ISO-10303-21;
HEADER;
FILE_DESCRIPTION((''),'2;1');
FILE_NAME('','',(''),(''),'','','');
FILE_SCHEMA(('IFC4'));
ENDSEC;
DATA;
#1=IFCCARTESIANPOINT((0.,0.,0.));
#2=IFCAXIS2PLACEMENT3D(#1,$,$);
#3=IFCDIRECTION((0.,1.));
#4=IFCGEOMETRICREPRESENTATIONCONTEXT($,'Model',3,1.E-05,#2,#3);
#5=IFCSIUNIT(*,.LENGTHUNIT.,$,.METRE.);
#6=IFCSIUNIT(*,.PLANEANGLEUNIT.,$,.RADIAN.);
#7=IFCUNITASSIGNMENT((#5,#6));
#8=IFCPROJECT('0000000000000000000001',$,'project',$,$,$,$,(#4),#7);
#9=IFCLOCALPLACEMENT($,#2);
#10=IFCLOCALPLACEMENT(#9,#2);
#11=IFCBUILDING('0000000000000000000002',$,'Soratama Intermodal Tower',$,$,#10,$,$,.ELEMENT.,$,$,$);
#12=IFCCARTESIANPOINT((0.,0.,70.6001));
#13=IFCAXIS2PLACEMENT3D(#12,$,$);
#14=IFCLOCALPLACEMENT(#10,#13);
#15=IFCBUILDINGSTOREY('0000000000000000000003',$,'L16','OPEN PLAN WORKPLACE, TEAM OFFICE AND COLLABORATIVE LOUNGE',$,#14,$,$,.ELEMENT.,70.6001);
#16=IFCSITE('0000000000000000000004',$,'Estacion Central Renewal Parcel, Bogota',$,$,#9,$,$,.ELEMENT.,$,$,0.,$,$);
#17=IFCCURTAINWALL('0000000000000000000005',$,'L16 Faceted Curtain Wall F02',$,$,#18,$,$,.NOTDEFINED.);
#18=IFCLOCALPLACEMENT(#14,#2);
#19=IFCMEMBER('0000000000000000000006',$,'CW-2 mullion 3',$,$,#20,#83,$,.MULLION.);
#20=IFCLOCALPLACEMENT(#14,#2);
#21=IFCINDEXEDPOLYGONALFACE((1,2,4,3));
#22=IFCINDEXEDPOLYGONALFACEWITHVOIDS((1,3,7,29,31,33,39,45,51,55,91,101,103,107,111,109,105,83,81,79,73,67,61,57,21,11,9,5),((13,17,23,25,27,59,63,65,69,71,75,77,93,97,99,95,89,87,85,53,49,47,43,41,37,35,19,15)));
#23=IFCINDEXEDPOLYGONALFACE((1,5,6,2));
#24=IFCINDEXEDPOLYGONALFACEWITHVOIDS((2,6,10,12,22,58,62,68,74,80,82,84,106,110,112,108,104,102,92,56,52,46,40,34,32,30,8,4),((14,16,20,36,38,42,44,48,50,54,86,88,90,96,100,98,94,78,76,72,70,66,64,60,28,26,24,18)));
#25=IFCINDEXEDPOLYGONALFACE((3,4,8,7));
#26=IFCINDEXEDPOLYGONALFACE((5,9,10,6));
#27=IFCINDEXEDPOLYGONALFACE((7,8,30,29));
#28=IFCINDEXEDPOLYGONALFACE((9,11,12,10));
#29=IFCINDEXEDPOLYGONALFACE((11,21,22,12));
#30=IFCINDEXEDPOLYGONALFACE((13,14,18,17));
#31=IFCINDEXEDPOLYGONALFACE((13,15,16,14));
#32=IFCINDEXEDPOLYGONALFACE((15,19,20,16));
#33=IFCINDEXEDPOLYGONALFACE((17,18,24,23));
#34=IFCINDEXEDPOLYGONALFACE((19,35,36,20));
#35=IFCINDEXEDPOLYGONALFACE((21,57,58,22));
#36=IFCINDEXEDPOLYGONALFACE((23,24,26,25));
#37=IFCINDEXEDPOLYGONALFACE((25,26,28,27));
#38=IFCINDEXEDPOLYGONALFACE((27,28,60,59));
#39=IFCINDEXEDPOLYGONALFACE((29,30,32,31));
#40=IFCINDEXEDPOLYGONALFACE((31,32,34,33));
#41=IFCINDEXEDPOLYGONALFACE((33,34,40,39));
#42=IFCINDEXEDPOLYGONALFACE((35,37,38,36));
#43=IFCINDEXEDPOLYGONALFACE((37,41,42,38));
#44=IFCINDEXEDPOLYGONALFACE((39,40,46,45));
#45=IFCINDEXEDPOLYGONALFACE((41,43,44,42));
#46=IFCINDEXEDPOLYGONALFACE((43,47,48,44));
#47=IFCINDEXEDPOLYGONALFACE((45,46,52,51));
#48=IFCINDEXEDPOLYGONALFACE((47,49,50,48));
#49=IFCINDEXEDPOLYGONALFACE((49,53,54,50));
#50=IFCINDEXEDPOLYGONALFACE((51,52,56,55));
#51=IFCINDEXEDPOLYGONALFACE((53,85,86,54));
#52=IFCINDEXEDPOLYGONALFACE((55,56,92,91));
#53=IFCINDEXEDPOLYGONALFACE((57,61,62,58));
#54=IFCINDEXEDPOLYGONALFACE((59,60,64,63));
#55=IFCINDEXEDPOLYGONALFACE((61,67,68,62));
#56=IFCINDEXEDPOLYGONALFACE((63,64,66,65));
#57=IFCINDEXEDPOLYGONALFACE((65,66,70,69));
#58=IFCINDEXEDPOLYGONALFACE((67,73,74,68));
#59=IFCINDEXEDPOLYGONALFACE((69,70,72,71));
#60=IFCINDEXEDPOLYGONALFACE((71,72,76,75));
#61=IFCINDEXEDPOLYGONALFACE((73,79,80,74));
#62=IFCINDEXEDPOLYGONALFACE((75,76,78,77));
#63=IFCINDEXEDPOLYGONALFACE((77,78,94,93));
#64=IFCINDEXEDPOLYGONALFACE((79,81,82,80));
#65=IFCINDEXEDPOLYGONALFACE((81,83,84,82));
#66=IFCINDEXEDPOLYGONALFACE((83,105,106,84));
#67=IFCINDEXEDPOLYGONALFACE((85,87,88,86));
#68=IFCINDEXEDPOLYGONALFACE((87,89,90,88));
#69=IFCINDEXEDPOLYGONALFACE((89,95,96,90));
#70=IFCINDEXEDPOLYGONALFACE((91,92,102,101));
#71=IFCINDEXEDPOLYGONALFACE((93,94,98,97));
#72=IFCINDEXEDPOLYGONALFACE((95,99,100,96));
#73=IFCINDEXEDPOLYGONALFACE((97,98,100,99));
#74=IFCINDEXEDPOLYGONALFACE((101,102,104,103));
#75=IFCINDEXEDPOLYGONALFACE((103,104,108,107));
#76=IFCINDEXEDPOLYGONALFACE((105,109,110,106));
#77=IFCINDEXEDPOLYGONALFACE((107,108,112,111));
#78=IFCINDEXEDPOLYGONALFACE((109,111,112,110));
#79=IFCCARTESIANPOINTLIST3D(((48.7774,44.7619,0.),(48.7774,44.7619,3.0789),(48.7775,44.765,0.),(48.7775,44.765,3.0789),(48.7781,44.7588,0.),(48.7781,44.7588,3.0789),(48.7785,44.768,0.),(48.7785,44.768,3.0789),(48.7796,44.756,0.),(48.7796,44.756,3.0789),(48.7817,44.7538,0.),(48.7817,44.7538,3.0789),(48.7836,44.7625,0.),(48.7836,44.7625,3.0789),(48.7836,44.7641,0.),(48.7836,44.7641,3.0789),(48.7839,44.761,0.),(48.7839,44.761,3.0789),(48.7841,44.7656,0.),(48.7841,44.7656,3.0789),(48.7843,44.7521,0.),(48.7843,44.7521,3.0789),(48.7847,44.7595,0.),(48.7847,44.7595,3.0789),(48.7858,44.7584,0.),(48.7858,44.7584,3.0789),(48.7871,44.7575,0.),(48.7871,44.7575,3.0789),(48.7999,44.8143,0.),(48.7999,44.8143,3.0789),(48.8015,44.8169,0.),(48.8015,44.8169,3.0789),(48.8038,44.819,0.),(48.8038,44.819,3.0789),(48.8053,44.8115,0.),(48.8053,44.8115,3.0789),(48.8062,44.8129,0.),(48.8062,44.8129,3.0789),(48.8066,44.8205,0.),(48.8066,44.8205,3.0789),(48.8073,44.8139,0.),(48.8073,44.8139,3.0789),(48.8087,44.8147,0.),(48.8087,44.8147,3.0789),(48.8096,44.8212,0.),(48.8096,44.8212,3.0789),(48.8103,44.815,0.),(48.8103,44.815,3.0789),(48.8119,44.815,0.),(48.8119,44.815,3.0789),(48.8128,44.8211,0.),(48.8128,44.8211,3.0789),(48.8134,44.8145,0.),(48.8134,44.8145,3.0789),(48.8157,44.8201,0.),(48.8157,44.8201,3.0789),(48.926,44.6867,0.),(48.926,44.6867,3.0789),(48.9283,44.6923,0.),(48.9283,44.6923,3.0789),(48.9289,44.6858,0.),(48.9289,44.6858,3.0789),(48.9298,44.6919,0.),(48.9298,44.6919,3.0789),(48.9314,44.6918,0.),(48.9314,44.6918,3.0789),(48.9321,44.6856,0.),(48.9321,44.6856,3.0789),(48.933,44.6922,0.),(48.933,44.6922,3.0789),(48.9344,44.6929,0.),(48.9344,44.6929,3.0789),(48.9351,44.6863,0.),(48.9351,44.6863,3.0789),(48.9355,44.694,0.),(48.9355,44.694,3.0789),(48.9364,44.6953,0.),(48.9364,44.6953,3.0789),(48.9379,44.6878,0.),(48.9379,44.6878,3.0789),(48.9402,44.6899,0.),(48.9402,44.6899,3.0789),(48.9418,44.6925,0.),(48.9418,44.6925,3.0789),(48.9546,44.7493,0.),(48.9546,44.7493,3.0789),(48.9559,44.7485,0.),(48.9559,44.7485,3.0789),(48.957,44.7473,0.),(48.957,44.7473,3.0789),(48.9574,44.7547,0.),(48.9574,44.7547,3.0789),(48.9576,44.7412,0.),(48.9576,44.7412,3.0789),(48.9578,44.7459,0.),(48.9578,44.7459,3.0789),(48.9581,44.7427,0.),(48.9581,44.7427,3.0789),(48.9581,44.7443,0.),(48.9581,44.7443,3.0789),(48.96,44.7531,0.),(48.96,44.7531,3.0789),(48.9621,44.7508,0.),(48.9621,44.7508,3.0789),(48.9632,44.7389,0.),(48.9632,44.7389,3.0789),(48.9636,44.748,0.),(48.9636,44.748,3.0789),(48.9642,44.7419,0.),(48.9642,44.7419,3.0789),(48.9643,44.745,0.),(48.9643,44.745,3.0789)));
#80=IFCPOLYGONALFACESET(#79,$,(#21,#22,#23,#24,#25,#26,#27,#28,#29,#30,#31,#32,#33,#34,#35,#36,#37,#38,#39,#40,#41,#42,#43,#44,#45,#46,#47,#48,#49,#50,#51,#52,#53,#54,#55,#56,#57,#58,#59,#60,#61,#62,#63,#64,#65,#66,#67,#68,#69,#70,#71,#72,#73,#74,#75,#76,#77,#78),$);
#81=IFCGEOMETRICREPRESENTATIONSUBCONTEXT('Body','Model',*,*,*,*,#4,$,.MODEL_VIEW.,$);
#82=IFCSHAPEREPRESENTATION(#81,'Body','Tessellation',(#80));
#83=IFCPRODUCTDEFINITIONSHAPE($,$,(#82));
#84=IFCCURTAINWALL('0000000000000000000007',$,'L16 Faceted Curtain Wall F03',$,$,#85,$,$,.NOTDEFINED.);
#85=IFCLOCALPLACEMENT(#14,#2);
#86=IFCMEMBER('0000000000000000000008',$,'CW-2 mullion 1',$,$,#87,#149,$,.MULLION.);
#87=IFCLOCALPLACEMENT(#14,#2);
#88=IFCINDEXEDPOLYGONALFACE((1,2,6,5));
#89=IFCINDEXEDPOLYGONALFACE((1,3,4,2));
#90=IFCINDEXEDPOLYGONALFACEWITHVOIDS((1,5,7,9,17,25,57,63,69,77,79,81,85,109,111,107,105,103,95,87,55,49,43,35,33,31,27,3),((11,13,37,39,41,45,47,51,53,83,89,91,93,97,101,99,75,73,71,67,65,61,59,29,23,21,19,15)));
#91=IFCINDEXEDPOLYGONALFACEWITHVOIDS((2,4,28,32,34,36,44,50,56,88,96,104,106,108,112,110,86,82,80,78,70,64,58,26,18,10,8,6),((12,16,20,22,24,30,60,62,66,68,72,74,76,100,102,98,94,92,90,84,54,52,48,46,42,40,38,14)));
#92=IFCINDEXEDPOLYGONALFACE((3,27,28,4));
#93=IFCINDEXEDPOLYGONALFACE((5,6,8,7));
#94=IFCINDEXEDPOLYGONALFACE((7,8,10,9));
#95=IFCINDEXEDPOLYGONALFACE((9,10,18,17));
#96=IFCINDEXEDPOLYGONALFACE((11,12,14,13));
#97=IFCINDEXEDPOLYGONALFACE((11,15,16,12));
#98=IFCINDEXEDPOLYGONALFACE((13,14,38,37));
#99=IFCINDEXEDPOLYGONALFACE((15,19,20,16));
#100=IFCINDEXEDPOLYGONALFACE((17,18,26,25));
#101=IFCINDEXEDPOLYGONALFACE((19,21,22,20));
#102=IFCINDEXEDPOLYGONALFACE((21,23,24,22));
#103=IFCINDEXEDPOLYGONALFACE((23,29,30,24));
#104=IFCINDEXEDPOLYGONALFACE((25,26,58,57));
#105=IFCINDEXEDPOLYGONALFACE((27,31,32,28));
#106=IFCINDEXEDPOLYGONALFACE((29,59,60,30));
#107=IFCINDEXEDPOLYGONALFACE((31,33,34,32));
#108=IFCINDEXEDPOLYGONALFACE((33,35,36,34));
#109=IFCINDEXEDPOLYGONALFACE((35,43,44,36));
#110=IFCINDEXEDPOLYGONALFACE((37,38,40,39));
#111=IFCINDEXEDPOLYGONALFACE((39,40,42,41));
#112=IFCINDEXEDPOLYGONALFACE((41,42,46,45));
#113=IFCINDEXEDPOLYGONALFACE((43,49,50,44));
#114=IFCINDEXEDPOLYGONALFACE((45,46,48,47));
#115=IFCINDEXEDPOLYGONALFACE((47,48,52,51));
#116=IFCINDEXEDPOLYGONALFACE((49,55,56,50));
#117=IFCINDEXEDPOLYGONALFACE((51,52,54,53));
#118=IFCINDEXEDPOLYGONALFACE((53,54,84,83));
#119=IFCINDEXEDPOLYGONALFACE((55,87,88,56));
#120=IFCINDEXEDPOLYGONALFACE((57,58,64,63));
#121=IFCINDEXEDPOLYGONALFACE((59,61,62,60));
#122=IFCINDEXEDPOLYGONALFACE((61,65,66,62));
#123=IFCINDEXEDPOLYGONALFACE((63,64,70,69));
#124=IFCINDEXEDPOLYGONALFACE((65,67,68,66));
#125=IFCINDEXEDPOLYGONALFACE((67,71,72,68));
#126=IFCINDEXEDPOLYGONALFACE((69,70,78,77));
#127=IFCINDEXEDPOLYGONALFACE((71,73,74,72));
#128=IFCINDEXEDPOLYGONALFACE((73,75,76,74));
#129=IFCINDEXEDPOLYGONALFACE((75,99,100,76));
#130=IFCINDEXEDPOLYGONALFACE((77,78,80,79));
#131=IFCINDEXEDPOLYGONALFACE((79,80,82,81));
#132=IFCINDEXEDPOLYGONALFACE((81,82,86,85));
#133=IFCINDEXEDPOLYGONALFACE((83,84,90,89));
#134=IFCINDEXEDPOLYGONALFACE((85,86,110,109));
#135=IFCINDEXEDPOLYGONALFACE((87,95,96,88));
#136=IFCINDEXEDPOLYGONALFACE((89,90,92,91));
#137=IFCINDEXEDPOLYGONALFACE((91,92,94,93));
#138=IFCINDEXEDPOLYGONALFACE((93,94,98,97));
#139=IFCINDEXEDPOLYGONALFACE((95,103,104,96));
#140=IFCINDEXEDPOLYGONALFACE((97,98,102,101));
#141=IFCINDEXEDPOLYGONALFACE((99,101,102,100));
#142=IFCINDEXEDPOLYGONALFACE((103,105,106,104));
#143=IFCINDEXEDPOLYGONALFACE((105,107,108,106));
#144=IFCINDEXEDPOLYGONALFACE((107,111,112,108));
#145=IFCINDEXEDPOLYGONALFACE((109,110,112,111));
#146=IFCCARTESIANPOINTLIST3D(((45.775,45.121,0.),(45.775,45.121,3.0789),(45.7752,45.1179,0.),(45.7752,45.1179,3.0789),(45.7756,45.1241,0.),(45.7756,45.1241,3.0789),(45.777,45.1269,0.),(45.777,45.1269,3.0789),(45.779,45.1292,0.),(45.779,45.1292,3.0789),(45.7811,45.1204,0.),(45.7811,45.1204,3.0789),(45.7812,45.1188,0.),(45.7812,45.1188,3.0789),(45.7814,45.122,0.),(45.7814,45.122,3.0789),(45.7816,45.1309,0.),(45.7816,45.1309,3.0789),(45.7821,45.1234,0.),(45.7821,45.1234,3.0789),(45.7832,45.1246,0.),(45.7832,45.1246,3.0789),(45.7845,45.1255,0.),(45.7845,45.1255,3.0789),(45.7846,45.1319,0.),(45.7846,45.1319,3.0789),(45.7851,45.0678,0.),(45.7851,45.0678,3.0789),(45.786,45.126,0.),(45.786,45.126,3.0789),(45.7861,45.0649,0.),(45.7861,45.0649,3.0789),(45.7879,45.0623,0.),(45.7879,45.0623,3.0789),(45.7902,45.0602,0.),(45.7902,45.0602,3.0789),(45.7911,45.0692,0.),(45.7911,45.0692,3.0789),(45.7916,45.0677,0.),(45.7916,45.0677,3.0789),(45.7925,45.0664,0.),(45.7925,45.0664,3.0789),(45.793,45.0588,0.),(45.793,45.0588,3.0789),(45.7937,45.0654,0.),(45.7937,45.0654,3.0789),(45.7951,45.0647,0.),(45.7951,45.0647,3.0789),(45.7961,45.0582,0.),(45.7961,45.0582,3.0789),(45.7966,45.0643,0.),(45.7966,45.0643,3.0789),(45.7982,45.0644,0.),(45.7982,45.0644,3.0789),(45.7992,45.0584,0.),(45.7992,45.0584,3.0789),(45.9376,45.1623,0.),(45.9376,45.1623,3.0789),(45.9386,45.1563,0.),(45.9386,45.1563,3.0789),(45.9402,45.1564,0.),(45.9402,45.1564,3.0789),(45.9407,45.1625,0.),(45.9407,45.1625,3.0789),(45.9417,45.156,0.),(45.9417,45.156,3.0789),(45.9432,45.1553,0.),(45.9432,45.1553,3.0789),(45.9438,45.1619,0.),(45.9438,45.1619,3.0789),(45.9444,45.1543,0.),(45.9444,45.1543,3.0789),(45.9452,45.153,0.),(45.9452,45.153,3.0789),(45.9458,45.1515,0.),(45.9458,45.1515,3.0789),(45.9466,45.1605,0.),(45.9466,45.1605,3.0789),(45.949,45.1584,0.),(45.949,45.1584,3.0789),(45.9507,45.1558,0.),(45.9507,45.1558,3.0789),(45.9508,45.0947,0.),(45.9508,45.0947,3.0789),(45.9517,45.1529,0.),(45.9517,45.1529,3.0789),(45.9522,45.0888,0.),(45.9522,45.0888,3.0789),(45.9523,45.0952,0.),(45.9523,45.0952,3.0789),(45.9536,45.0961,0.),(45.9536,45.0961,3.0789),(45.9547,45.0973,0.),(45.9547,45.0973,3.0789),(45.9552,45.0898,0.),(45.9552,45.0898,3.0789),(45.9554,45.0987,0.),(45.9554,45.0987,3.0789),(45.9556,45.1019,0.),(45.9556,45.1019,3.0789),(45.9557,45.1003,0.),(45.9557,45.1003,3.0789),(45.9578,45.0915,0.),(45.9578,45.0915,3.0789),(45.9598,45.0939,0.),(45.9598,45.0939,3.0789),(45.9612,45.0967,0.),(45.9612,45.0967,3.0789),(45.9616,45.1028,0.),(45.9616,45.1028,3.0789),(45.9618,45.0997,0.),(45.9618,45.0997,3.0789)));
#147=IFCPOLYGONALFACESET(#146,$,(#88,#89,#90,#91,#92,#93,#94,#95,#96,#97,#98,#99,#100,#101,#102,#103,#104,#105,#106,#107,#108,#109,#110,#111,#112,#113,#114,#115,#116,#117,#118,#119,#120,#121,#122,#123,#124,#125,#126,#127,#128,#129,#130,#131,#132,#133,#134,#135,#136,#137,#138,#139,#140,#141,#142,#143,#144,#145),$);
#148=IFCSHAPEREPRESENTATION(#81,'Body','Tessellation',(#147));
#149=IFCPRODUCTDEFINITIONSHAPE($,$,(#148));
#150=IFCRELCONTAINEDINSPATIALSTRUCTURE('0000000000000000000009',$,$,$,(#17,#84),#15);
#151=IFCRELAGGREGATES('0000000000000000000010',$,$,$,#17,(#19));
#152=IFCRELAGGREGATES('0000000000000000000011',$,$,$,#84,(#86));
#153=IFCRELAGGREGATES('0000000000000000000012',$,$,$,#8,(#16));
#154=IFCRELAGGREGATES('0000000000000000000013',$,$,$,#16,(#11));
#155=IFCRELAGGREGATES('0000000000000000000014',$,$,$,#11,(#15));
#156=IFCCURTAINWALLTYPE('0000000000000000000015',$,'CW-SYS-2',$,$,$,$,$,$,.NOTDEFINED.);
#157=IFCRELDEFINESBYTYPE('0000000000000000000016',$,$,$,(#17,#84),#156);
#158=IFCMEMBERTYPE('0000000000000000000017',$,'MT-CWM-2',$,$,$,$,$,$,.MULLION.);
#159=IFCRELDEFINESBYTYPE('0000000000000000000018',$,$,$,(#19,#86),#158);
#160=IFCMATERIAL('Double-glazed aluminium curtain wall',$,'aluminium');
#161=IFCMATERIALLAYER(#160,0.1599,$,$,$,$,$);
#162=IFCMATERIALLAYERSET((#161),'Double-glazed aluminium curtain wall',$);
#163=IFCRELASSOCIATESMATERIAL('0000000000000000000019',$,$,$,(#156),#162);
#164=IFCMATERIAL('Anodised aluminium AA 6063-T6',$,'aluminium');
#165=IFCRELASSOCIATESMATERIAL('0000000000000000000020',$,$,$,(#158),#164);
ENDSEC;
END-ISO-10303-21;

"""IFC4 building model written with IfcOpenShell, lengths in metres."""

from ifc_helpers import new_model, si_unit, direction, frame, origin, origin_2d, place, context, subcontext, project, spatial, hollow_rectangle, extrude, material, layer, layer_set, material_profile, profile_set, type_object, element, aggregate, save


model = new_model("IFC4")

# Units and contexts
model_context = context("Model", 3, precision=1e-05, world=origin(), true_north=direction((0.0, 1.0)))
body_context = subcontext(model_context, "Body", "Model", "MODEL_VIEW")
ifc_project = project(units=[si_unit("LENGTHUNIT", "METRE"), si_unit("PLANEANGLEUNIT", "RADIAN")], contexts=[model_context])

# Site, building, storey
site_placement = place(None, origin())
site = spatial("IfcSite", under=ifc_project, at=site_placement, Name="Estacion Central Renewal Parcel, Bogota", CompositionType="ELEMENT", RefElevation=0.0)
building_placement = place(site_placement, origin())
building = spatial("IfcBuilding", under=site, at=building_placement, Name="Soratama Intermodal Tower", CompositionType="ELEMENT")
storey_placement = place(building_placement, frame((0.0, 0.0, 70.6001)))
storey = spatial("IfcBuildingStorey", under=building, at=storey_placement, Name="L16", Description="OPEN PLAN WORKPLACE, TEAM OFFICE AND COLLABORATIVE LOUNGE", CompositionType="ELEMENT", Elevation=70.6001)

# Curtain wall, member
ifc_material_1 = material(Name="Double-glazed aluminium curtain wall", Category="aluminium")
ifc_layer_1 = layer(ifc_material_1, 0.1599)
ifc_layer_set_1 = layer_set([ifc_layer_1], Name="Double-glazed aluminium curtain wall")
curtain_wall_type = type_object("IfcCurtainWallType", Name="CW-SYS-2", PredefinedType="NOTDEFINED", material=ifc_layer_set_1)
curtain_wall_1_placement = place(storey_placement, origin())
curtain_wall_1 = element("IfcCurtainWall", 1, at=curtain_wall_1_placement, inside=storey, type_object=curtain_wall_type, Name="L16 Faceted Curtain Wall F02", PredefinedType="NOTDEFINED")
ifc_material_2 = material(Name="Anodised aluminium AA 6063-T6", Category="aluminium")
ifc_material_profile_1 = material_profile(ifc_material_2, hollow_rectangle(XDim=0.075, YDim=0.1799, WallThickness=0.0061, InnerFilletRadius=0.0061, OuterFilletRadius=0.012, at=origin_2d()), Name="CWM180X75X6")
ifc_profile_set_1 = profile_set([ifc_material_profile_1], Name="Anodised aluminium AA 6063-T6")
member_type_1 = type_object("IfcMemberType", Name="MT-CWM-2", PredefinedType="MULLION", material=ifc_profile_set_1)
member_1_placement = place(storey_placement, frame((48.8708, 44.7534, 0.0), z_axis=(0.0, 0.0, 1.0), x_axis=(-0.419138, -0.907923, 0.0)))
member_1 = element("IfcMember", 2, at=member_1_placement, type_object=member_type_1, Name="CW-2 mullion 3", PredefinedType="MULLION", context=body_context, shape_type="SweptSolid", body=[
    extrude(hollow_rectangle(XDim=0.075, YDim=0.1799, WallThickness=0.0061, InnerFilletRadius=0.0061, OuterFilletRadius=0.012, at=origin_2d()), origin(), (0.0, 0.0, 1.0), 3.0789),
])

# Curtain wall, member
curtain_wall_2_placement = place(storey_placement, origin())
curtain_wall_2 = element("IfcCurtainWall", 3, at=curtain_wall_2_placement, inside=storey, type_object=curtain_wall_type, Name="L16 Faceted Curtain Wall F03", PredefinedType="NOTDEFINED")
member_2_placement = place(storey_placement, frame((45.8684, 45.1104, 0.0), z_axis=(0.0, 0.0, 1.0), x_axis=(0.194572, -0.980888, 0.0)))
member_2 = element("IfcMember", 4, at=member_2_placement, type_object=member_type_1, Name="CW-2 mullion 1", PredefinedType="MULLION", context=body_context, shape_type="SweptSolid", body=[
    extrude(hollow_rectangle(XDim=0.075, YDim=0.1799, WallThickness=0.0061, InnerFilletRadius=0.0061, OuterFilletRadius=0.012, at=origin_2d()), origin(), (0.0, 0.0, 1.0), 3.0789),
])

aggregate(curtain_wall_1, [member_1])
aggregate(curtain_wall_2, [member_2])

save(model, "model.ifc")
